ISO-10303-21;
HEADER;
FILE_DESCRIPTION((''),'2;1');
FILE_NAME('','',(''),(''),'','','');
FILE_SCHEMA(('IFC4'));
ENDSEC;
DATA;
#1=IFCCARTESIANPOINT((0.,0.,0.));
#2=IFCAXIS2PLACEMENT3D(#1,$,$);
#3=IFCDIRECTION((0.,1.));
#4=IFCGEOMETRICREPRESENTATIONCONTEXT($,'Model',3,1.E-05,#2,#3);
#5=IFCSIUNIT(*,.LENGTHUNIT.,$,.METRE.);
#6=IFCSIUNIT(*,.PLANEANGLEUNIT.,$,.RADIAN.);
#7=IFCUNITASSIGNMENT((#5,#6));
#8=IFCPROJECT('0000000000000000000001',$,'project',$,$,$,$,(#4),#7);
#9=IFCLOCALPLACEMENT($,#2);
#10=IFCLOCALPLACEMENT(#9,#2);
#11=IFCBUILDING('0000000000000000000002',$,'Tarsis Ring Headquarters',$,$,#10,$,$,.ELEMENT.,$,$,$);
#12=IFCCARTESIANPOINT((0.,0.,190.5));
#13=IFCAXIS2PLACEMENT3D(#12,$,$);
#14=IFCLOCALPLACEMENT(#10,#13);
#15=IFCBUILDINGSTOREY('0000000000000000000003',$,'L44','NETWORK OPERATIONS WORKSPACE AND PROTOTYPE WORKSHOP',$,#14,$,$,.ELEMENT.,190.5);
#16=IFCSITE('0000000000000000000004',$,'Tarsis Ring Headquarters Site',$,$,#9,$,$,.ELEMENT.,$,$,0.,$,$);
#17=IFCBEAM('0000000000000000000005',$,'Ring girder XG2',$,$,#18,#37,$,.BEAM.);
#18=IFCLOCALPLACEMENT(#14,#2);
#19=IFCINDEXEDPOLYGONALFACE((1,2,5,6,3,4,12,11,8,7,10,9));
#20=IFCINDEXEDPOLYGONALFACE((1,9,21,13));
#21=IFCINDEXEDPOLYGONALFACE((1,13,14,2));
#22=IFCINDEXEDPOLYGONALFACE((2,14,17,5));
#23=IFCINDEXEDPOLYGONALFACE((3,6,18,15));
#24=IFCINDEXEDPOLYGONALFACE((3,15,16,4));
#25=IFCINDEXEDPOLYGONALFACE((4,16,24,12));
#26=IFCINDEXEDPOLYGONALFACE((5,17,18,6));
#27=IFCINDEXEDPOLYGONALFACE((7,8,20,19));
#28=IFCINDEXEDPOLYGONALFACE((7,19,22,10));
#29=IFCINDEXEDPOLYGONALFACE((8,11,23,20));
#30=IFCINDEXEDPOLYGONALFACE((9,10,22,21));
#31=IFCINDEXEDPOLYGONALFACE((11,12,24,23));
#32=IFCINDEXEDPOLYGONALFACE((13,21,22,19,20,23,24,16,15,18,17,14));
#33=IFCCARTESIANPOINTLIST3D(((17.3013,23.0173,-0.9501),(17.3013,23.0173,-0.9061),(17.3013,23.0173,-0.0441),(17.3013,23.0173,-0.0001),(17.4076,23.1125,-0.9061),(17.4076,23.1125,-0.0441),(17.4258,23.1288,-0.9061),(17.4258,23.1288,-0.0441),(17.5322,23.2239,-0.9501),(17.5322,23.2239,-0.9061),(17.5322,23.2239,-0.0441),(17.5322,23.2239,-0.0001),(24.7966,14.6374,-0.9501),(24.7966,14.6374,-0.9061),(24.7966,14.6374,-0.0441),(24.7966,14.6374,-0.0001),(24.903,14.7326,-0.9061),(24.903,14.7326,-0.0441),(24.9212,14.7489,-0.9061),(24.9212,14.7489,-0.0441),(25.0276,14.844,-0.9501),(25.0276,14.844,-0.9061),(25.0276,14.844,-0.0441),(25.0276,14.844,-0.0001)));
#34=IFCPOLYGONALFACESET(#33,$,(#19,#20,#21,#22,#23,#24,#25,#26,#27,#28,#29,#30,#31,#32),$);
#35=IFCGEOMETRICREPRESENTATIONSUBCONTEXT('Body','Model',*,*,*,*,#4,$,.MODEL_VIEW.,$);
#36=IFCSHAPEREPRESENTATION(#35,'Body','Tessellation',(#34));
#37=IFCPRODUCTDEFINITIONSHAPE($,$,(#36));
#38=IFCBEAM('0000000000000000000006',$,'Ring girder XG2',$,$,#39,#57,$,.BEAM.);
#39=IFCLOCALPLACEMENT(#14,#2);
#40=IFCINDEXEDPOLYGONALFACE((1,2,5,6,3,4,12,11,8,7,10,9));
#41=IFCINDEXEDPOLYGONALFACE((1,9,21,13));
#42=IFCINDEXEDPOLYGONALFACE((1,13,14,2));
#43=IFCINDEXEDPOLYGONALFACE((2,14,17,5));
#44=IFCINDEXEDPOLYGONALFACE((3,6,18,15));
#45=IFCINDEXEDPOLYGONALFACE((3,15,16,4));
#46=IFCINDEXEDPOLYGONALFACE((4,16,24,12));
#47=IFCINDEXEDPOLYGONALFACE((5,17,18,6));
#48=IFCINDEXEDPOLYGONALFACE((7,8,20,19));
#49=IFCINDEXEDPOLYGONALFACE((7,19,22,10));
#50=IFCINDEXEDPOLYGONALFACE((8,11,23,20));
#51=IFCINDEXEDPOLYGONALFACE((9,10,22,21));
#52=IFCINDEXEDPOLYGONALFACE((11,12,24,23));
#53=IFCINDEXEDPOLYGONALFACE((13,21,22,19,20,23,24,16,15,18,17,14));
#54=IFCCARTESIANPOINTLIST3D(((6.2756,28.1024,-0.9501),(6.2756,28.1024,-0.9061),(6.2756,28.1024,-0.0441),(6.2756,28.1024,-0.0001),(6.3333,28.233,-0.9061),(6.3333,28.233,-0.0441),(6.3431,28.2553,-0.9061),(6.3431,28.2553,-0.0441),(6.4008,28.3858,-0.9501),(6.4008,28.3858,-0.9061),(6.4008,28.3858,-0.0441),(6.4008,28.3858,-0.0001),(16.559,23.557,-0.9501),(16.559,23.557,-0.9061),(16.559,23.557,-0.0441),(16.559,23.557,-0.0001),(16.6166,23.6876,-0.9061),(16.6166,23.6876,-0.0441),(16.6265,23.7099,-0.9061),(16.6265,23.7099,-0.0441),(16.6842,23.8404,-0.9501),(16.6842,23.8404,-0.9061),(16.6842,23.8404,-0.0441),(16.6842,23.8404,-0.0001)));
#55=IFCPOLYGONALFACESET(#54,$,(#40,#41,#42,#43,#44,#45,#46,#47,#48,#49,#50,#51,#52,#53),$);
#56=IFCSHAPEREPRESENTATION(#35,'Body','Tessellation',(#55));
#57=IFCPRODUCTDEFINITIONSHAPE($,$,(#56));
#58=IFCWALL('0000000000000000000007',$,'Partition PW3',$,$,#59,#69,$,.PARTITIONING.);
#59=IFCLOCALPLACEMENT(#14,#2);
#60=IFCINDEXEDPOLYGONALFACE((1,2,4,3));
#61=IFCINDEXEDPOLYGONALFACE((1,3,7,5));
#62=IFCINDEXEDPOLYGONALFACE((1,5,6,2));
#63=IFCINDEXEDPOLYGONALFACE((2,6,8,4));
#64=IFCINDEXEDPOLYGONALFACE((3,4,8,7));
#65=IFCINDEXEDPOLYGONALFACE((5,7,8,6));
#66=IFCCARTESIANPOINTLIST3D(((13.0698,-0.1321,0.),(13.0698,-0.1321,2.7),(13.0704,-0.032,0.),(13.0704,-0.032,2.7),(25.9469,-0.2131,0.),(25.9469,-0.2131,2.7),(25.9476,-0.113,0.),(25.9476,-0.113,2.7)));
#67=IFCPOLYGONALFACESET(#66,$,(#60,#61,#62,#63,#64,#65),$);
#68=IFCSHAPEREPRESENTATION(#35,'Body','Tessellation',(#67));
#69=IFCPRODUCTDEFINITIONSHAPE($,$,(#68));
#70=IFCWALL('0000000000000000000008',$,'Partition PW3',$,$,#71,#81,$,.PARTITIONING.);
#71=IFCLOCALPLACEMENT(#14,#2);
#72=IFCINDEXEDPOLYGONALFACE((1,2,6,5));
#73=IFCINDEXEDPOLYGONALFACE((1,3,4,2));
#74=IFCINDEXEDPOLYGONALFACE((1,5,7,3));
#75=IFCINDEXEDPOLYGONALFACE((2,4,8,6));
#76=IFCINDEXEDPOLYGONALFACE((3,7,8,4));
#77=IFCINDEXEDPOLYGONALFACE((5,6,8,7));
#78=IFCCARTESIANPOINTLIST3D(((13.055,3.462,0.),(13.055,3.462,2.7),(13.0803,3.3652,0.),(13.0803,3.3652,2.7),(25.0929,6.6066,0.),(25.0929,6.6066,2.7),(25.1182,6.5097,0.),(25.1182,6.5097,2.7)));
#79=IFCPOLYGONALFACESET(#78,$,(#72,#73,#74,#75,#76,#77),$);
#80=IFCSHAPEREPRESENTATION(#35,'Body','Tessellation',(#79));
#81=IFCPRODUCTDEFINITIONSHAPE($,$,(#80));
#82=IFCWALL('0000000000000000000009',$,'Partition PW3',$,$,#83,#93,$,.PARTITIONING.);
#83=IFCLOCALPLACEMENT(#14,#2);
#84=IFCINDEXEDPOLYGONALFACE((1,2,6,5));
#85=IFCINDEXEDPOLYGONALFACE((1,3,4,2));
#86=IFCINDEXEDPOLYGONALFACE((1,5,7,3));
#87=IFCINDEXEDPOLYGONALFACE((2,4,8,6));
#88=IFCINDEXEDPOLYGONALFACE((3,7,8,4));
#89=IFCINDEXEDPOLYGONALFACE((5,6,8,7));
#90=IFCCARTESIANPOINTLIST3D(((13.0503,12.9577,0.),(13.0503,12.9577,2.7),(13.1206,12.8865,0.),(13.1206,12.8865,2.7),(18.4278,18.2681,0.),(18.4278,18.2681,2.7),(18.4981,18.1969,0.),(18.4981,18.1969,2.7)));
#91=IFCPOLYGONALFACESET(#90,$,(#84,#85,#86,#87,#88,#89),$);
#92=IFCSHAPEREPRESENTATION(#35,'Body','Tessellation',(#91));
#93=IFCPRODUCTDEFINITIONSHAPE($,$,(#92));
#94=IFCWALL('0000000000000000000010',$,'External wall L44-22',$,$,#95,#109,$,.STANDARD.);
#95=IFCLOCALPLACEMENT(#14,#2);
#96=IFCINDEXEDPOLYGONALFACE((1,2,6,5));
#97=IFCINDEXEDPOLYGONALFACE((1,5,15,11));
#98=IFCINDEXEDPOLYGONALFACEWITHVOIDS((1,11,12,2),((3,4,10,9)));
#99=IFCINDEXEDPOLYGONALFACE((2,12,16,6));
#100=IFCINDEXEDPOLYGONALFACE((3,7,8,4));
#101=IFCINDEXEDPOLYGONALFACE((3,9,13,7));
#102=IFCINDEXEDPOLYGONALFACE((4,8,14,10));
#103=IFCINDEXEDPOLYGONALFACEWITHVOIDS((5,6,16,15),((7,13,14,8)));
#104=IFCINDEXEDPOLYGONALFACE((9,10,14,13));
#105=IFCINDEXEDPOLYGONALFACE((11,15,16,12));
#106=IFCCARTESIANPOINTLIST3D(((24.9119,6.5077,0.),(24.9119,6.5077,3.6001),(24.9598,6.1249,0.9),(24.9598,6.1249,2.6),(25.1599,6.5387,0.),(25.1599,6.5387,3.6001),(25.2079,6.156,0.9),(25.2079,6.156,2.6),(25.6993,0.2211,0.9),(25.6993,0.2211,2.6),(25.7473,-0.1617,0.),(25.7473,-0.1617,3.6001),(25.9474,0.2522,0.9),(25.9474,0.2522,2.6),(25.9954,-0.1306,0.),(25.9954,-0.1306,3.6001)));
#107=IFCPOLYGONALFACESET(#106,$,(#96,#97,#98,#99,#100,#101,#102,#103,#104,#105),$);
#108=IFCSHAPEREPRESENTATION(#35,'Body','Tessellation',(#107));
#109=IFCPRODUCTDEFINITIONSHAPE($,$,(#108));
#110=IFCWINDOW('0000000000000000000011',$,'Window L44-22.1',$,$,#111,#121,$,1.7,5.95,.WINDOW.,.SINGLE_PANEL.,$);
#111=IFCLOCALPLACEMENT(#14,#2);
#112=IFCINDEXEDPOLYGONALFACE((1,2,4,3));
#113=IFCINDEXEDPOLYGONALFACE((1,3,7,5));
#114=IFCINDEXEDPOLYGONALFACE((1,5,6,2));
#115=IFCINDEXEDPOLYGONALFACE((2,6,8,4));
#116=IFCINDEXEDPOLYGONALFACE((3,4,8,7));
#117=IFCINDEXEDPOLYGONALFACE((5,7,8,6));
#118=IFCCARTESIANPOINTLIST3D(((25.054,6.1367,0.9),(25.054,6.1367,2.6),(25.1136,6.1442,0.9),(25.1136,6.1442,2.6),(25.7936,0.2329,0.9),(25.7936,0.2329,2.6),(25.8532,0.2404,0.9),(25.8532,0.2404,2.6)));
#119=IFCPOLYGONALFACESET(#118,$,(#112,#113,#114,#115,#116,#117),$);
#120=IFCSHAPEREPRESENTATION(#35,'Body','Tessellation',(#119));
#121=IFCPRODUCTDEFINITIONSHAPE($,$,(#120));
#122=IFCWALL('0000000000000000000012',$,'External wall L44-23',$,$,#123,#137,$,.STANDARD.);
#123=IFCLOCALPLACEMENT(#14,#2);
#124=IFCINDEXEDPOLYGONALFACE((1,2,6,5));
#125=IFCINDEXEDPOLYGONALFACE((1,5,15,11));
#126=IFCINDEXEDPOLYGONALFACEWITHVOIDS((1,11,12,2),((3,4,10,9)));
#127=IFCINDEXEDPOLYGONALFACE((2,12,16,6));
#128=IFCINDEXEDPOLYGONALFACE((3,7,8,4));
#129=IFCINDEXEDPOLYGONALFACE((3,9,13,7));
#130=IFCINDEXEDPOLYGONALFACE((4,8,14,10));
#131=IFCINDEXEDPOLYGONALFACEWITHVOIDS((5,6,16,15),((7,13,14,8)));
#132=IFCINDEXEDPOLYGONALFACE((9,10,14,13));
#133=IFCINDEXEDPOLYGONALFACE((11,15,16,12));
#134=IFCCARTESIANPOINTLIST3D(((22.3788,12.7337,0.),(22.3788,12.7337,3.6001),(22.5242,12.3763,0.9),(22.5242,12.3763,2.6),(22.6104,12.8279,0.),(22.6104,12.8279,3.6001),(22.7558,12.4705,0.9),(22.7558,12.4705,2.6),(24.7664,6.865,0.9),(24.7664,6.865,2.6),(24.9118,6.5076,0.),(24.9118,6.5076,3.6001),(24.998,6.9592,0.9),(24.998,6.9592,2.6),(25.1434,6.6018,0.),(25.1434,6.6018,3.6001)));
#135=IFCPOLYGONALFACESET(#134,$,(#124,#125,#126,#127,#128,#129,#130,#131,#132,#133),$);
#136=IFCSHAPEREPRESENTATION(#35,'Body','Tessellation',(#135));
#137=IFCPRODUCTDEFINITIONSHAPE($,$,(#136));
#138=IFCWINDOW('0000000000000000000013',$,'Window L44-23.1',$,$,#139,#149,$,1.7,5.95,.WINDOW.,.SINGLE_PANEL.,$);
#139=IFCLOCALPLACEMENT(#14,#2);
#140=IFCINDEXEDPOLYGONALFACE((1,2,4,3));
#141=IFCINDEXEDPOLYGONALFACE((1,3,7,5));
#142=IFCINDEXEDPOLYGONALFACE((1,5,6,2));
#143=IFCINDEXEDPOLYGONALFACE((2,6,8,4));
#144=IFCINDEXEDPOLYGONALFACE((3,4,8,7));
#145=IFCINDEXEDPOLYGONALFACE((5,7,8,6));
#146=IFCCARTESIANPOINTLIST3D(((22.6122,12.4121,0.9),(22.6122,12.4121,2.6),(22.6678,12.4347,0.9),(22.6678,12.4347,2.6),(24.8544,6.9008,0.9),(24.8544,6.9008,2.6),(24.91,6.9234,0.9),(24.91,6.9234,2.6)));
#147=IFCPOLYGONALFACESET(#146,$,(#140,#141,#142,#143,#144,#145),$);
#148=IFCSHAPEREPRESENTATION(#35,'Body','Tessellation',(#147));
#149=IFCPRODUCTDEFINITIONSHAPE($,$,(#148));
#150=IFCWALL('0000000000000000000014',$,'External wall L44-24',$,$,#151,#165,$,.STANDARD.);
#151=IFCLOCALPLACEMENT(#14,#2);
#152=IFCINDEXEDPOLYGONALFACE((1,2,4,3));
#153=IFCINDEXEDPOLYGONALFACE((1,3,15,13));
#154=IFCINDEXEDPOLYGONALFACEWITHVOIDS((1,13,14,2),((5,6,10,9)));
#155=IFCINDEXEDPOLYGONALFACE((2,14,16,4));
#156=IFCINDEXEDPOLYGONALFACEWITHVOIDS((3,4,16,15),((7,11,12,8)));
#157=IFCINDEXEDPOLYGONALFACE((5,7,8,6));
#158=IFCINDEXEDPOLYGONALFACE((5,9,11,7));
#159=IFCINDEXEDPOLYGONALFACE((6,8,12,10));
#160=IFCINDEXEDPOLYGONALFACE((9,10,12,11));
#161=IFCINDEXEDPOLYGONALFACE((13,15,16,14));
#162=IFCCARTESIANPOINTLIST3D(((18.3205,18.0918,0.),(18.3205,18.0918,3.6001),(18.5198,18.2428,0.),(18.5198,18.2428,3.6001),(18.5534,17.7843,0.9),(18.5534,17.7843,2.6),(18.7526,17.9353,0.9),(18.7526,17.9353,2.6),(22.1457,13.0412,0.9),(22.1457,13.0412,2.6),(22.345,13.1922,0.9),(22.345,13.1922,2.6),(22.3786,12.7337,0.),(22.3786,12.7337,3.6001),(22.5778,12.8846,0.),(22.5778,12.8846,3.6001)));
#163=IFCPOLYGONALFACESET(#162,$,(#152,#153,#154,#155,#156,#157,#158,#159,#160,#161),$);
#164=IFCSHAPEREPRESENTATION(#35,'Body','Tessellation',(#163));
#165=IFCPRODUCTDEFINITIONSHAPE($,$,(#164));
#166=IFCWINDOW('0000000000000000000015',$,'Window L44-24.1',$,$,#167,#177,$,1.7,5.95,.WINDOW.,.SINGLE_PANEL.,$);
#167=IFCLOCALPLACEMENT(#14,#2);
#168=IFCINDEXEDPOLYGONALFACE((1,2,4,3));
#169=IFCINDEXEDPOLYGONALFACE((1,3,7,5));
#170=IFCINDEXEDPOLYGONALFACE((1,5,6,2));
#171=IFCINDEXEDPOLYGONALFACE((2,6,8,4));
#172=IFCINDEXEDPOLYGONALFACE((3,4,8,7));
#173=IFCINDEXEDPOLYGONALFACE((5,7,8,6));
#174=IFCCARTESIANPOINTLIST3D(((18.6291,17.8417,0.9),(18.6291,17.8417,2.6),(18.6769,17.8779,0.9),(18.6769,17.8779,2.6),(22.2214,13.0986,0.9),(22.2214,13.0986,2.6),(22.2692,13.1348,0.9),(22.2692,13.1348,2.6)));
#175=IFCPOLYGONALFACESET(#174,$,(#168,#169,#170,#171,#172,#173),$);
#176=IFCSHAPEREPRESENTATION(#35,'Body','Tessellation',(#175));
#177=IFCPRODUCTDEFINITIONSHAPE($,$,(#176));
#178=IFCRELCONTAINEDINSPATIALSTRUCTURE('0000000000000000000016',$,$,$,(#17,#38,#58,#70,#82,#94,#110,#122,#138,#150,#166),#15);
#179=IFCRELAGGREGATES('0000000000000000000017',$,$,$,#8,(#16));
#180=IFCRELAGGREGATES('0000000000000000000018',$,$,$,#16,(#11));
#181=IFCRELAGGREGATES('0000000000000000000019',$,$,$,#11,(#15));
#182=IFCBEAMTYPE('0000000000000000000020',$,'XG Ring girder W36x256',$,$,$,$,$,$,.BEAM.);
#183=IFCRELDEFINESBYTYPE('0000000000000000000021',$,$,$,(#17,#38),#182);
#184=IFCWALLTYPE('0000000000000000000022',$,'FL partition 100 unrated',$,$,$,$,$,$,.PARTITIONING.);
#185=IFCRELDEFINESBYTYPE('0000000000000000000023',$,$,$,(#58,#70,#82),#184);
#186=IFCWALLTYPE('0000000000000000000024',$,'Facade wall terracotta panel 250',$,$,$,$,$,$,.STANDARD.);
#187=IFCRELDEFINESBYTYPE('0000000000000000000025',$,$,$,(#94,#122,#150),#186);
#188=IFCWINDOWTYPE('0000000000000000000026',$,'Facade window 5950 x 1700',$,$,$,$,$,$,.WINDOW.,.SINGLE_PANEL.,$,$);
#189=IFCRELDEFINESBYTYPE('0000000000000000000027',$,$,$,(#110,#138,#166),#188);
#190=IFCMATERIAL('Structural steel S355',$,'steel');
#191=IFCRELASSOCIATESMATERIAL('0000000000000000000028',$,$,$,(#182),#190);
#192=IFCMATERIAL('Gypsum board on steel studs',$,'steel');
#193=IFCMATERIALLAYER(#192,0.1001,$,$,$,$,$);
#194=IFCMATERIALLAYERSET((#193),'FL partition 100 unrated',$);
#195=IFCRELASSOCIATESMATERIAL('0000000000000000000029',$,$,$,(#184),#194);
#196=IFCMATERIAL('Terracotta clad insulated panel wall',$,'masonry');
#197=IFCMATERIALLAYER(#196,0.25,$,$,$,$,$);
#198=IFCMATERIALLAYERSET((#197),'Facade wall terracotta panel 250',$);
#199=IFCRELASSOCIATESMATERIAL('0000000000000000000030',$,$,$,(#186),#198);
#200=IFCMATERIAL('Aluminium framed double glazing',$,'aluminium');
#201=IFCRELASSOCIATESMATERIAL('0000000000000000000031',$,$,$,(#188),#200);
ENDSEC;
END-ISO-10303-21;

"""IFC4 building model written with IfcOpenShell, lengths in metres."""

from ifc_helpers import new_model, si_unit, direction, frame, frame_2d, origin, origin_2d, place, context, subcontext, project, spatial, rectangle, i_section, extrude, material, layer, layer_set, material_profile, profile_set, type_object, element, fill, save


model = new_model("IFC4")

# Units and contexts
model_context = context("Model", 3, precision=1e-05, world=origin(), true_north=direction((0.0, 1.0)))
body_context = subcontext(model_context, "Body", "Model", "MODEL_VIEW")
ifc_project = project(units=[si_unit("LENGTHUNIT", "METRE"), si_unit("PLANEANGLEUNIT", "RADIAN")], contexts=[model_context])

# Site, building, storey
site_placement = place(None, origin())
site = spatial("IfcSite", under=ifc_project, at=site_placement, Name="Tarsis Ring Headquarters Site", CompositionType="ELEMENT", RefElevation=0.0)
building_placement = place(site_placement, origin())
building = spatial("IfcBuilding", under=site, at=building_placement, Name="Tarsis Ring Headquarters", CompositionType="ELEMENT")
storey_placement = place(building_placement, frame((0.0, 0.0, 190.5)))
storey = spatial("IfcBuildingStorey", under=building, at=storey_placement, Name="L44", Description="NETWORK OPERATIONS WORKSPACE AND PROTOTYPE WORKSHOP", CompositionType="ELEMENT", Elevation=190.5)

# Shared definitions
ifc_material_1 = material(Name="Structural steel S355", Category="steel")

# Beams
ifc_material_profile_1 = material_profile(ifc_material_1, i_section(OverallWidth=0.3098, OverallDepth=0.95, WebThickness=0.0244, FlangeThickness=0.0439, at=origin_2d()), Name="W36x256")
ifc_profile_set_1 = profile_set([ifc_material_profile_1], Name="Structural steel S355")
beam_type_1 = type_object("IfcBeamType", Name="XG Ring girder W36x256", PredefinedType="BEAM", material=ifc_profile_set_1)
beam_1_placement = place(storey_placement, frame((24.9121, 14.7407, -0.4751), z_axis=(-0.666675, 0.745349, 0.0), x_axis=(-0.745349, -0.666675, 0.0)))
element("IfcBeam", 1, at=beam_1_placement, inside=storey, type_object=beam_type_1, Name="Ring girder XG2", PredefinedType="BEAM", context=body_context, shape_type="SweptSolid", body=[
    extrude(i_section(OverallWidth=0.3098, OverallDepth=0.95, WebThickness=0.0244, FlangeThickness=0.0439, at=origin_2d()), origin(), (0.0, 0.0, 1.0), 11.2429),
])
beam_2_placement = place(storey_placement, frame((16.6216, 23.6987, -0.4751), z_axis=(-0.914635, 0.40428, 0.0), x_axis=(-0.40428, -0.914635, 0.0)))
element("IfcBeam", 2, at=beam_2_placement, inside=storey, type_object=beam_type_1, Name="Ring girder XG2", PredefinedType="BEAM", context=body_context, shape_type="SweptSolid", body=[
    extrude(i_section(OverallWidth=0.3098, OverallDepth=0.95, WebThickness=0.0244, FlangeThickness=0.0439, at=origin_2d()), origin(), (0.0, 0.0, 1.0), 11.2432),
])

# Walls
ifc_material_2 = material(Name="Gypsum board on steel studs", Category="steel")
ifc_layer_1 = layer(ifc_material_2, 0.1001)
ifc_layer_set_1 = layer_set([ifc_layer_1], Name="FL partition 100 unrated")
wall_type_1 = type_object("IfcWallType", Name="FL partition 100 unrated", PredefinedType="PARTITIONING", material=ifc_layer_set_1)
wall_1_placement = place(storey_placement, frame((13.0701, -0.082, 0.0), z_axis=(0.0, 0.0, 1.0), x_axis=(0.99998, -0.006294, 0.0)))
element("IfcWall", 3, at=wall_1_placement, inside=storey, type_object=wall_type_1, Name="Partition PW3", PredefinedType="PARTITIONING", context=body_context, shape_type="SweptSolid", body=[
    extrude(rectangle(XDim=12.8774, YDim=0.1001, at=frame_2d((6.4387, 0.0))), origin(), (0.0, 0.0, 1.0), 2.7),
])
wall_2_placement = place(storey_placement, frame((13.0676, 3.4136, 0.0), z_axis=(0.0, 0.0, 1.0), x_axis=(0.967534, 0.25274, 0.0)))
element("IfcWall", 4, at=wall_2_placement, inside=storey, type_object=wall_type_1, Name="Partition PW3", PredefinedType="PARTITIONING", context=body_context, shape_type="SweptSolid", body=[
    extrude(rectangle(XDim=12.4419, YDim=0.1001, at=frame_2d((6.2209, 0.0))), origin(), (0.0, 0.0, 1.0), 2.7),
])
wall_3_placement = place(storey_placement, frame((13.0854, 12.9221, 0.0), z_axis=(0.0, 0.0, 1.0), x_axis=(0.711535, 0.702651, 0.0)))
element("IfcWall", 5, at=wall_3_placement, inside=storey, type_object=wall_type_1, Name="Partition PW3", PredefinedType="PARTITIONING", context=body_context, shape_type="SweptSolid", body=[
    extrude(rectangle(XDim=7.5576, YDim=0.1001, at=frame_2d((3.7788, 0.0))), origin(), (0.0, 0.0, 1.0), 2.7),
])

# Walls, openings, windows
ifc_material_3 = material(Name="Terracotta clad insulated panel wall", Category="masonry")
ifc_layer_2 = layer(ifc_material_3, 0.25)
ifc_layer_set_2 = layer_set([ifc_layer_2], Name="Facade wall terracotta panel 250")
wall_type_2 = type_object("IfcWallType", Name="Facade wall terracotta panel 250", PredefinedType="STANDARD", material=ifc_layer_set_2)
wall_4_placement = place(storey_placement, frame((25.8713, -0.1462, 0.0), z_axis=(0.0, 0.0, 1.0), x_axis=(-0.124294, 0.992245, 0.0)))
wall_4 = element("IfcWall", 6, at=wall_4_placement, inside=storey, type_object=wall_type_2, Name="External wall L44-22", PredefinedType="STANDARD", context=body_context, shape_type="SweptSolid", body=[
    extrude(rectangle(XDim=6.7214, YDim=0.25, at=frame_2d((3.3608, 0.0))), origin(), (0.0, 0.0, 1.0), 3.6001),
])
opening_1_placement = place(wall_4_placement, frame((0.3857, 0.0, 0.8999)))
opening_1 = element("IfcOpeningElement", 7, at=opening_1_placement, cuts=wall_4, PredefinedType="OPENING", context=body_context, shape_type="SweptSolid", body=[
    extrude(rectangle(XDim=5.95, YDim=1.7, at=frame_2d((2.9751, 0.8501))), frame((0.0, 0.135, 0.0), z_axis=(0.0, -1.0, 0.0), x_axis=(1.0, 0.0, 0.0)), (0.0, 0.0, 1.0), 0.27),
])
ifc_material_4 = material(Name="Aluminium framed double glazing", Category="aluminium")
window_type = type_object("IfcWindowType", Name="Facade window 5950 x 1700", PartitioningType="SINGLE_PANEL", PredefinedType="WINDOW", material=ifc_material_4)
window_1_placement = place(opening_1_placement, origin())
window_1 = element("IfcWindow", 8, at=window_1_placement, inside=storey, type_object=window_type, Name="Window L44-22.1", OverallHeight=1.7, OverallWidth=5.95, PartitioningType="SINGLE_PANEL", PredefinedType="WINDOW", context=body_context, shape_type="SweptSolid", body=[
    extrude(rectangle(XDim=5.95, YDim=1.7, at=frame_2d((2.9751, 0.8501))), frame((0.0, 0.03, 0.0), z_axis=(0.0, -1.0, 0.0), x_axis=(1.0, 0.0, 0.0)), (0.0, 0.0, 1.0), 0.0601),
])
fill(opening_1, window_1)
wall_5_placement = place(storey_placement, frame((25.0276, 6.5547, 0.0), z_axis=(0.0, 0.0, 1.0), x_axis=(-0.376839, 0.926279, 0.0)))
wall_5 = element("IfcWall", 9, at=wall_5_placement, inside=storey, type_object=wall_type_2, Name="External wall L44-23", PredefinedType="STANDARD", context=body_context, shape_type="SweptSolid", body=[
    extrude(rectangle(XDim=6.7217, YDim=0.25, at=frame_2d((3.3608, 0.0))), origin(), (0.0, 0.0, 1.0), 3.6001),
])
opening_2_placement = place(wall_5_placement, frame((0.3857, 0.0, 0.8999)))
opening_2 = element("IfcOpeningElement", 10, at=opening_2_placement, cuts=wall_5, PredefinedType="OPENING", context=body_context, shape_type="SweptSolid", body=[
    extrude(rectangle(XDim=5.95, YDim=1.7, at=frame_2d((2.9751, 0.8501))), frame((0.0, 0.135, 0.0), z_axis=(0.0, -1.0, 0.0), x_axis=(1.0, 0.0, 0.0)), (0.0, 0.0, 1.0), 0.27),
])
window_2_placement = place(opening_2_placement, origin())
window_2 = element("IfcWindow", 11, at=window_2_placement, inside=storey, type_object=window_type, Name="Window L44-23.1", OverallHeight=1.7, OverallWidth=5.95, PartitioningType="SINGLE_PANEL", PredefinedType="WINDOW", context=body_context, shape_type="SweptSolid", body=[
    extrude(rectangle(XDim=5.95, YDim=1.7, at=frame_2d((2.9751, 0.8501))), frame((0.0, 0.03, 0.0), z_axis=(0.0, -1.0, 0.0), x_axis=(1.0, 0.0, 0.0)), (0.0, 0.0, 1.0), 0.0601),
])
fill(opening_2, window_2)
wall_6_placement = place(storey_placement, frame((22.4783, 12.8091, 0.0), z_axis=(0.0, 0.0, 1.0), x_axis=(-0.603753, 0.797171, 0.0)))
wall_6 = element("IfcWall", 12, at=wall_6_placement, inside=storey, type_object=wall_type_2, Name="External wall L44-24", PredefinedType="STANDARD", context=body_context, shape_type="SweptSolid", body=[
    extrude(rectangle(XDim=6.7214, YDim=0.25, at=frame_2d((3.3608, 0.0))), origin(), (0.0, 0.0, 1.0), 3.6001),
])
opening_3_placement = place(wall_6_placement, frame((0.3857, 0.0, 0.8999)))
opening_3 = element("IfcOpeningElement", 13, at=opening_3_placement, cuts=wall_6, PredefinedType="OPENING", context=body_context, shape_type="SweptSolid", body=[
    extrude(rectangle(XDim=5.95, YDim=1.7, at=frame_2d((2.9751, 0.8501))), frame((0.0, 0.135, 0.0), z_axis=(0.0, -1.0, 0.0), x_axis=(1.0, 0.0, 0.0)), (0.0, 0.0, 1.0), 0.27),
])
window_3_placement = place(opening_3_placement, origin())
window_3 = element("IfcWindow", 14, at=window_3_placement, inside=storey, type_object=window_type, Name="Window L44-24.1", OverallHeight=1.7, OverallWidth=5.95, PartitioningType="SINGLE_PANEL", PredefinedType="WINDOW", context=body_context, shape_type="SweptSolid", body=[
    extrude(rectangle(XDim=5.95, YDim=1.7, at=frame_2d((2.9751, 0.8501))), frame((0.0, 0.03, 0.0), z_axis=(0.0, -1.0, 0.0), x_axis=(1.0, 0.0, 0.0)), (0.0, 0.0, 1.0), 0.0601),
])
fill(opening_3, window_3)

save(model, "model.ifc")
